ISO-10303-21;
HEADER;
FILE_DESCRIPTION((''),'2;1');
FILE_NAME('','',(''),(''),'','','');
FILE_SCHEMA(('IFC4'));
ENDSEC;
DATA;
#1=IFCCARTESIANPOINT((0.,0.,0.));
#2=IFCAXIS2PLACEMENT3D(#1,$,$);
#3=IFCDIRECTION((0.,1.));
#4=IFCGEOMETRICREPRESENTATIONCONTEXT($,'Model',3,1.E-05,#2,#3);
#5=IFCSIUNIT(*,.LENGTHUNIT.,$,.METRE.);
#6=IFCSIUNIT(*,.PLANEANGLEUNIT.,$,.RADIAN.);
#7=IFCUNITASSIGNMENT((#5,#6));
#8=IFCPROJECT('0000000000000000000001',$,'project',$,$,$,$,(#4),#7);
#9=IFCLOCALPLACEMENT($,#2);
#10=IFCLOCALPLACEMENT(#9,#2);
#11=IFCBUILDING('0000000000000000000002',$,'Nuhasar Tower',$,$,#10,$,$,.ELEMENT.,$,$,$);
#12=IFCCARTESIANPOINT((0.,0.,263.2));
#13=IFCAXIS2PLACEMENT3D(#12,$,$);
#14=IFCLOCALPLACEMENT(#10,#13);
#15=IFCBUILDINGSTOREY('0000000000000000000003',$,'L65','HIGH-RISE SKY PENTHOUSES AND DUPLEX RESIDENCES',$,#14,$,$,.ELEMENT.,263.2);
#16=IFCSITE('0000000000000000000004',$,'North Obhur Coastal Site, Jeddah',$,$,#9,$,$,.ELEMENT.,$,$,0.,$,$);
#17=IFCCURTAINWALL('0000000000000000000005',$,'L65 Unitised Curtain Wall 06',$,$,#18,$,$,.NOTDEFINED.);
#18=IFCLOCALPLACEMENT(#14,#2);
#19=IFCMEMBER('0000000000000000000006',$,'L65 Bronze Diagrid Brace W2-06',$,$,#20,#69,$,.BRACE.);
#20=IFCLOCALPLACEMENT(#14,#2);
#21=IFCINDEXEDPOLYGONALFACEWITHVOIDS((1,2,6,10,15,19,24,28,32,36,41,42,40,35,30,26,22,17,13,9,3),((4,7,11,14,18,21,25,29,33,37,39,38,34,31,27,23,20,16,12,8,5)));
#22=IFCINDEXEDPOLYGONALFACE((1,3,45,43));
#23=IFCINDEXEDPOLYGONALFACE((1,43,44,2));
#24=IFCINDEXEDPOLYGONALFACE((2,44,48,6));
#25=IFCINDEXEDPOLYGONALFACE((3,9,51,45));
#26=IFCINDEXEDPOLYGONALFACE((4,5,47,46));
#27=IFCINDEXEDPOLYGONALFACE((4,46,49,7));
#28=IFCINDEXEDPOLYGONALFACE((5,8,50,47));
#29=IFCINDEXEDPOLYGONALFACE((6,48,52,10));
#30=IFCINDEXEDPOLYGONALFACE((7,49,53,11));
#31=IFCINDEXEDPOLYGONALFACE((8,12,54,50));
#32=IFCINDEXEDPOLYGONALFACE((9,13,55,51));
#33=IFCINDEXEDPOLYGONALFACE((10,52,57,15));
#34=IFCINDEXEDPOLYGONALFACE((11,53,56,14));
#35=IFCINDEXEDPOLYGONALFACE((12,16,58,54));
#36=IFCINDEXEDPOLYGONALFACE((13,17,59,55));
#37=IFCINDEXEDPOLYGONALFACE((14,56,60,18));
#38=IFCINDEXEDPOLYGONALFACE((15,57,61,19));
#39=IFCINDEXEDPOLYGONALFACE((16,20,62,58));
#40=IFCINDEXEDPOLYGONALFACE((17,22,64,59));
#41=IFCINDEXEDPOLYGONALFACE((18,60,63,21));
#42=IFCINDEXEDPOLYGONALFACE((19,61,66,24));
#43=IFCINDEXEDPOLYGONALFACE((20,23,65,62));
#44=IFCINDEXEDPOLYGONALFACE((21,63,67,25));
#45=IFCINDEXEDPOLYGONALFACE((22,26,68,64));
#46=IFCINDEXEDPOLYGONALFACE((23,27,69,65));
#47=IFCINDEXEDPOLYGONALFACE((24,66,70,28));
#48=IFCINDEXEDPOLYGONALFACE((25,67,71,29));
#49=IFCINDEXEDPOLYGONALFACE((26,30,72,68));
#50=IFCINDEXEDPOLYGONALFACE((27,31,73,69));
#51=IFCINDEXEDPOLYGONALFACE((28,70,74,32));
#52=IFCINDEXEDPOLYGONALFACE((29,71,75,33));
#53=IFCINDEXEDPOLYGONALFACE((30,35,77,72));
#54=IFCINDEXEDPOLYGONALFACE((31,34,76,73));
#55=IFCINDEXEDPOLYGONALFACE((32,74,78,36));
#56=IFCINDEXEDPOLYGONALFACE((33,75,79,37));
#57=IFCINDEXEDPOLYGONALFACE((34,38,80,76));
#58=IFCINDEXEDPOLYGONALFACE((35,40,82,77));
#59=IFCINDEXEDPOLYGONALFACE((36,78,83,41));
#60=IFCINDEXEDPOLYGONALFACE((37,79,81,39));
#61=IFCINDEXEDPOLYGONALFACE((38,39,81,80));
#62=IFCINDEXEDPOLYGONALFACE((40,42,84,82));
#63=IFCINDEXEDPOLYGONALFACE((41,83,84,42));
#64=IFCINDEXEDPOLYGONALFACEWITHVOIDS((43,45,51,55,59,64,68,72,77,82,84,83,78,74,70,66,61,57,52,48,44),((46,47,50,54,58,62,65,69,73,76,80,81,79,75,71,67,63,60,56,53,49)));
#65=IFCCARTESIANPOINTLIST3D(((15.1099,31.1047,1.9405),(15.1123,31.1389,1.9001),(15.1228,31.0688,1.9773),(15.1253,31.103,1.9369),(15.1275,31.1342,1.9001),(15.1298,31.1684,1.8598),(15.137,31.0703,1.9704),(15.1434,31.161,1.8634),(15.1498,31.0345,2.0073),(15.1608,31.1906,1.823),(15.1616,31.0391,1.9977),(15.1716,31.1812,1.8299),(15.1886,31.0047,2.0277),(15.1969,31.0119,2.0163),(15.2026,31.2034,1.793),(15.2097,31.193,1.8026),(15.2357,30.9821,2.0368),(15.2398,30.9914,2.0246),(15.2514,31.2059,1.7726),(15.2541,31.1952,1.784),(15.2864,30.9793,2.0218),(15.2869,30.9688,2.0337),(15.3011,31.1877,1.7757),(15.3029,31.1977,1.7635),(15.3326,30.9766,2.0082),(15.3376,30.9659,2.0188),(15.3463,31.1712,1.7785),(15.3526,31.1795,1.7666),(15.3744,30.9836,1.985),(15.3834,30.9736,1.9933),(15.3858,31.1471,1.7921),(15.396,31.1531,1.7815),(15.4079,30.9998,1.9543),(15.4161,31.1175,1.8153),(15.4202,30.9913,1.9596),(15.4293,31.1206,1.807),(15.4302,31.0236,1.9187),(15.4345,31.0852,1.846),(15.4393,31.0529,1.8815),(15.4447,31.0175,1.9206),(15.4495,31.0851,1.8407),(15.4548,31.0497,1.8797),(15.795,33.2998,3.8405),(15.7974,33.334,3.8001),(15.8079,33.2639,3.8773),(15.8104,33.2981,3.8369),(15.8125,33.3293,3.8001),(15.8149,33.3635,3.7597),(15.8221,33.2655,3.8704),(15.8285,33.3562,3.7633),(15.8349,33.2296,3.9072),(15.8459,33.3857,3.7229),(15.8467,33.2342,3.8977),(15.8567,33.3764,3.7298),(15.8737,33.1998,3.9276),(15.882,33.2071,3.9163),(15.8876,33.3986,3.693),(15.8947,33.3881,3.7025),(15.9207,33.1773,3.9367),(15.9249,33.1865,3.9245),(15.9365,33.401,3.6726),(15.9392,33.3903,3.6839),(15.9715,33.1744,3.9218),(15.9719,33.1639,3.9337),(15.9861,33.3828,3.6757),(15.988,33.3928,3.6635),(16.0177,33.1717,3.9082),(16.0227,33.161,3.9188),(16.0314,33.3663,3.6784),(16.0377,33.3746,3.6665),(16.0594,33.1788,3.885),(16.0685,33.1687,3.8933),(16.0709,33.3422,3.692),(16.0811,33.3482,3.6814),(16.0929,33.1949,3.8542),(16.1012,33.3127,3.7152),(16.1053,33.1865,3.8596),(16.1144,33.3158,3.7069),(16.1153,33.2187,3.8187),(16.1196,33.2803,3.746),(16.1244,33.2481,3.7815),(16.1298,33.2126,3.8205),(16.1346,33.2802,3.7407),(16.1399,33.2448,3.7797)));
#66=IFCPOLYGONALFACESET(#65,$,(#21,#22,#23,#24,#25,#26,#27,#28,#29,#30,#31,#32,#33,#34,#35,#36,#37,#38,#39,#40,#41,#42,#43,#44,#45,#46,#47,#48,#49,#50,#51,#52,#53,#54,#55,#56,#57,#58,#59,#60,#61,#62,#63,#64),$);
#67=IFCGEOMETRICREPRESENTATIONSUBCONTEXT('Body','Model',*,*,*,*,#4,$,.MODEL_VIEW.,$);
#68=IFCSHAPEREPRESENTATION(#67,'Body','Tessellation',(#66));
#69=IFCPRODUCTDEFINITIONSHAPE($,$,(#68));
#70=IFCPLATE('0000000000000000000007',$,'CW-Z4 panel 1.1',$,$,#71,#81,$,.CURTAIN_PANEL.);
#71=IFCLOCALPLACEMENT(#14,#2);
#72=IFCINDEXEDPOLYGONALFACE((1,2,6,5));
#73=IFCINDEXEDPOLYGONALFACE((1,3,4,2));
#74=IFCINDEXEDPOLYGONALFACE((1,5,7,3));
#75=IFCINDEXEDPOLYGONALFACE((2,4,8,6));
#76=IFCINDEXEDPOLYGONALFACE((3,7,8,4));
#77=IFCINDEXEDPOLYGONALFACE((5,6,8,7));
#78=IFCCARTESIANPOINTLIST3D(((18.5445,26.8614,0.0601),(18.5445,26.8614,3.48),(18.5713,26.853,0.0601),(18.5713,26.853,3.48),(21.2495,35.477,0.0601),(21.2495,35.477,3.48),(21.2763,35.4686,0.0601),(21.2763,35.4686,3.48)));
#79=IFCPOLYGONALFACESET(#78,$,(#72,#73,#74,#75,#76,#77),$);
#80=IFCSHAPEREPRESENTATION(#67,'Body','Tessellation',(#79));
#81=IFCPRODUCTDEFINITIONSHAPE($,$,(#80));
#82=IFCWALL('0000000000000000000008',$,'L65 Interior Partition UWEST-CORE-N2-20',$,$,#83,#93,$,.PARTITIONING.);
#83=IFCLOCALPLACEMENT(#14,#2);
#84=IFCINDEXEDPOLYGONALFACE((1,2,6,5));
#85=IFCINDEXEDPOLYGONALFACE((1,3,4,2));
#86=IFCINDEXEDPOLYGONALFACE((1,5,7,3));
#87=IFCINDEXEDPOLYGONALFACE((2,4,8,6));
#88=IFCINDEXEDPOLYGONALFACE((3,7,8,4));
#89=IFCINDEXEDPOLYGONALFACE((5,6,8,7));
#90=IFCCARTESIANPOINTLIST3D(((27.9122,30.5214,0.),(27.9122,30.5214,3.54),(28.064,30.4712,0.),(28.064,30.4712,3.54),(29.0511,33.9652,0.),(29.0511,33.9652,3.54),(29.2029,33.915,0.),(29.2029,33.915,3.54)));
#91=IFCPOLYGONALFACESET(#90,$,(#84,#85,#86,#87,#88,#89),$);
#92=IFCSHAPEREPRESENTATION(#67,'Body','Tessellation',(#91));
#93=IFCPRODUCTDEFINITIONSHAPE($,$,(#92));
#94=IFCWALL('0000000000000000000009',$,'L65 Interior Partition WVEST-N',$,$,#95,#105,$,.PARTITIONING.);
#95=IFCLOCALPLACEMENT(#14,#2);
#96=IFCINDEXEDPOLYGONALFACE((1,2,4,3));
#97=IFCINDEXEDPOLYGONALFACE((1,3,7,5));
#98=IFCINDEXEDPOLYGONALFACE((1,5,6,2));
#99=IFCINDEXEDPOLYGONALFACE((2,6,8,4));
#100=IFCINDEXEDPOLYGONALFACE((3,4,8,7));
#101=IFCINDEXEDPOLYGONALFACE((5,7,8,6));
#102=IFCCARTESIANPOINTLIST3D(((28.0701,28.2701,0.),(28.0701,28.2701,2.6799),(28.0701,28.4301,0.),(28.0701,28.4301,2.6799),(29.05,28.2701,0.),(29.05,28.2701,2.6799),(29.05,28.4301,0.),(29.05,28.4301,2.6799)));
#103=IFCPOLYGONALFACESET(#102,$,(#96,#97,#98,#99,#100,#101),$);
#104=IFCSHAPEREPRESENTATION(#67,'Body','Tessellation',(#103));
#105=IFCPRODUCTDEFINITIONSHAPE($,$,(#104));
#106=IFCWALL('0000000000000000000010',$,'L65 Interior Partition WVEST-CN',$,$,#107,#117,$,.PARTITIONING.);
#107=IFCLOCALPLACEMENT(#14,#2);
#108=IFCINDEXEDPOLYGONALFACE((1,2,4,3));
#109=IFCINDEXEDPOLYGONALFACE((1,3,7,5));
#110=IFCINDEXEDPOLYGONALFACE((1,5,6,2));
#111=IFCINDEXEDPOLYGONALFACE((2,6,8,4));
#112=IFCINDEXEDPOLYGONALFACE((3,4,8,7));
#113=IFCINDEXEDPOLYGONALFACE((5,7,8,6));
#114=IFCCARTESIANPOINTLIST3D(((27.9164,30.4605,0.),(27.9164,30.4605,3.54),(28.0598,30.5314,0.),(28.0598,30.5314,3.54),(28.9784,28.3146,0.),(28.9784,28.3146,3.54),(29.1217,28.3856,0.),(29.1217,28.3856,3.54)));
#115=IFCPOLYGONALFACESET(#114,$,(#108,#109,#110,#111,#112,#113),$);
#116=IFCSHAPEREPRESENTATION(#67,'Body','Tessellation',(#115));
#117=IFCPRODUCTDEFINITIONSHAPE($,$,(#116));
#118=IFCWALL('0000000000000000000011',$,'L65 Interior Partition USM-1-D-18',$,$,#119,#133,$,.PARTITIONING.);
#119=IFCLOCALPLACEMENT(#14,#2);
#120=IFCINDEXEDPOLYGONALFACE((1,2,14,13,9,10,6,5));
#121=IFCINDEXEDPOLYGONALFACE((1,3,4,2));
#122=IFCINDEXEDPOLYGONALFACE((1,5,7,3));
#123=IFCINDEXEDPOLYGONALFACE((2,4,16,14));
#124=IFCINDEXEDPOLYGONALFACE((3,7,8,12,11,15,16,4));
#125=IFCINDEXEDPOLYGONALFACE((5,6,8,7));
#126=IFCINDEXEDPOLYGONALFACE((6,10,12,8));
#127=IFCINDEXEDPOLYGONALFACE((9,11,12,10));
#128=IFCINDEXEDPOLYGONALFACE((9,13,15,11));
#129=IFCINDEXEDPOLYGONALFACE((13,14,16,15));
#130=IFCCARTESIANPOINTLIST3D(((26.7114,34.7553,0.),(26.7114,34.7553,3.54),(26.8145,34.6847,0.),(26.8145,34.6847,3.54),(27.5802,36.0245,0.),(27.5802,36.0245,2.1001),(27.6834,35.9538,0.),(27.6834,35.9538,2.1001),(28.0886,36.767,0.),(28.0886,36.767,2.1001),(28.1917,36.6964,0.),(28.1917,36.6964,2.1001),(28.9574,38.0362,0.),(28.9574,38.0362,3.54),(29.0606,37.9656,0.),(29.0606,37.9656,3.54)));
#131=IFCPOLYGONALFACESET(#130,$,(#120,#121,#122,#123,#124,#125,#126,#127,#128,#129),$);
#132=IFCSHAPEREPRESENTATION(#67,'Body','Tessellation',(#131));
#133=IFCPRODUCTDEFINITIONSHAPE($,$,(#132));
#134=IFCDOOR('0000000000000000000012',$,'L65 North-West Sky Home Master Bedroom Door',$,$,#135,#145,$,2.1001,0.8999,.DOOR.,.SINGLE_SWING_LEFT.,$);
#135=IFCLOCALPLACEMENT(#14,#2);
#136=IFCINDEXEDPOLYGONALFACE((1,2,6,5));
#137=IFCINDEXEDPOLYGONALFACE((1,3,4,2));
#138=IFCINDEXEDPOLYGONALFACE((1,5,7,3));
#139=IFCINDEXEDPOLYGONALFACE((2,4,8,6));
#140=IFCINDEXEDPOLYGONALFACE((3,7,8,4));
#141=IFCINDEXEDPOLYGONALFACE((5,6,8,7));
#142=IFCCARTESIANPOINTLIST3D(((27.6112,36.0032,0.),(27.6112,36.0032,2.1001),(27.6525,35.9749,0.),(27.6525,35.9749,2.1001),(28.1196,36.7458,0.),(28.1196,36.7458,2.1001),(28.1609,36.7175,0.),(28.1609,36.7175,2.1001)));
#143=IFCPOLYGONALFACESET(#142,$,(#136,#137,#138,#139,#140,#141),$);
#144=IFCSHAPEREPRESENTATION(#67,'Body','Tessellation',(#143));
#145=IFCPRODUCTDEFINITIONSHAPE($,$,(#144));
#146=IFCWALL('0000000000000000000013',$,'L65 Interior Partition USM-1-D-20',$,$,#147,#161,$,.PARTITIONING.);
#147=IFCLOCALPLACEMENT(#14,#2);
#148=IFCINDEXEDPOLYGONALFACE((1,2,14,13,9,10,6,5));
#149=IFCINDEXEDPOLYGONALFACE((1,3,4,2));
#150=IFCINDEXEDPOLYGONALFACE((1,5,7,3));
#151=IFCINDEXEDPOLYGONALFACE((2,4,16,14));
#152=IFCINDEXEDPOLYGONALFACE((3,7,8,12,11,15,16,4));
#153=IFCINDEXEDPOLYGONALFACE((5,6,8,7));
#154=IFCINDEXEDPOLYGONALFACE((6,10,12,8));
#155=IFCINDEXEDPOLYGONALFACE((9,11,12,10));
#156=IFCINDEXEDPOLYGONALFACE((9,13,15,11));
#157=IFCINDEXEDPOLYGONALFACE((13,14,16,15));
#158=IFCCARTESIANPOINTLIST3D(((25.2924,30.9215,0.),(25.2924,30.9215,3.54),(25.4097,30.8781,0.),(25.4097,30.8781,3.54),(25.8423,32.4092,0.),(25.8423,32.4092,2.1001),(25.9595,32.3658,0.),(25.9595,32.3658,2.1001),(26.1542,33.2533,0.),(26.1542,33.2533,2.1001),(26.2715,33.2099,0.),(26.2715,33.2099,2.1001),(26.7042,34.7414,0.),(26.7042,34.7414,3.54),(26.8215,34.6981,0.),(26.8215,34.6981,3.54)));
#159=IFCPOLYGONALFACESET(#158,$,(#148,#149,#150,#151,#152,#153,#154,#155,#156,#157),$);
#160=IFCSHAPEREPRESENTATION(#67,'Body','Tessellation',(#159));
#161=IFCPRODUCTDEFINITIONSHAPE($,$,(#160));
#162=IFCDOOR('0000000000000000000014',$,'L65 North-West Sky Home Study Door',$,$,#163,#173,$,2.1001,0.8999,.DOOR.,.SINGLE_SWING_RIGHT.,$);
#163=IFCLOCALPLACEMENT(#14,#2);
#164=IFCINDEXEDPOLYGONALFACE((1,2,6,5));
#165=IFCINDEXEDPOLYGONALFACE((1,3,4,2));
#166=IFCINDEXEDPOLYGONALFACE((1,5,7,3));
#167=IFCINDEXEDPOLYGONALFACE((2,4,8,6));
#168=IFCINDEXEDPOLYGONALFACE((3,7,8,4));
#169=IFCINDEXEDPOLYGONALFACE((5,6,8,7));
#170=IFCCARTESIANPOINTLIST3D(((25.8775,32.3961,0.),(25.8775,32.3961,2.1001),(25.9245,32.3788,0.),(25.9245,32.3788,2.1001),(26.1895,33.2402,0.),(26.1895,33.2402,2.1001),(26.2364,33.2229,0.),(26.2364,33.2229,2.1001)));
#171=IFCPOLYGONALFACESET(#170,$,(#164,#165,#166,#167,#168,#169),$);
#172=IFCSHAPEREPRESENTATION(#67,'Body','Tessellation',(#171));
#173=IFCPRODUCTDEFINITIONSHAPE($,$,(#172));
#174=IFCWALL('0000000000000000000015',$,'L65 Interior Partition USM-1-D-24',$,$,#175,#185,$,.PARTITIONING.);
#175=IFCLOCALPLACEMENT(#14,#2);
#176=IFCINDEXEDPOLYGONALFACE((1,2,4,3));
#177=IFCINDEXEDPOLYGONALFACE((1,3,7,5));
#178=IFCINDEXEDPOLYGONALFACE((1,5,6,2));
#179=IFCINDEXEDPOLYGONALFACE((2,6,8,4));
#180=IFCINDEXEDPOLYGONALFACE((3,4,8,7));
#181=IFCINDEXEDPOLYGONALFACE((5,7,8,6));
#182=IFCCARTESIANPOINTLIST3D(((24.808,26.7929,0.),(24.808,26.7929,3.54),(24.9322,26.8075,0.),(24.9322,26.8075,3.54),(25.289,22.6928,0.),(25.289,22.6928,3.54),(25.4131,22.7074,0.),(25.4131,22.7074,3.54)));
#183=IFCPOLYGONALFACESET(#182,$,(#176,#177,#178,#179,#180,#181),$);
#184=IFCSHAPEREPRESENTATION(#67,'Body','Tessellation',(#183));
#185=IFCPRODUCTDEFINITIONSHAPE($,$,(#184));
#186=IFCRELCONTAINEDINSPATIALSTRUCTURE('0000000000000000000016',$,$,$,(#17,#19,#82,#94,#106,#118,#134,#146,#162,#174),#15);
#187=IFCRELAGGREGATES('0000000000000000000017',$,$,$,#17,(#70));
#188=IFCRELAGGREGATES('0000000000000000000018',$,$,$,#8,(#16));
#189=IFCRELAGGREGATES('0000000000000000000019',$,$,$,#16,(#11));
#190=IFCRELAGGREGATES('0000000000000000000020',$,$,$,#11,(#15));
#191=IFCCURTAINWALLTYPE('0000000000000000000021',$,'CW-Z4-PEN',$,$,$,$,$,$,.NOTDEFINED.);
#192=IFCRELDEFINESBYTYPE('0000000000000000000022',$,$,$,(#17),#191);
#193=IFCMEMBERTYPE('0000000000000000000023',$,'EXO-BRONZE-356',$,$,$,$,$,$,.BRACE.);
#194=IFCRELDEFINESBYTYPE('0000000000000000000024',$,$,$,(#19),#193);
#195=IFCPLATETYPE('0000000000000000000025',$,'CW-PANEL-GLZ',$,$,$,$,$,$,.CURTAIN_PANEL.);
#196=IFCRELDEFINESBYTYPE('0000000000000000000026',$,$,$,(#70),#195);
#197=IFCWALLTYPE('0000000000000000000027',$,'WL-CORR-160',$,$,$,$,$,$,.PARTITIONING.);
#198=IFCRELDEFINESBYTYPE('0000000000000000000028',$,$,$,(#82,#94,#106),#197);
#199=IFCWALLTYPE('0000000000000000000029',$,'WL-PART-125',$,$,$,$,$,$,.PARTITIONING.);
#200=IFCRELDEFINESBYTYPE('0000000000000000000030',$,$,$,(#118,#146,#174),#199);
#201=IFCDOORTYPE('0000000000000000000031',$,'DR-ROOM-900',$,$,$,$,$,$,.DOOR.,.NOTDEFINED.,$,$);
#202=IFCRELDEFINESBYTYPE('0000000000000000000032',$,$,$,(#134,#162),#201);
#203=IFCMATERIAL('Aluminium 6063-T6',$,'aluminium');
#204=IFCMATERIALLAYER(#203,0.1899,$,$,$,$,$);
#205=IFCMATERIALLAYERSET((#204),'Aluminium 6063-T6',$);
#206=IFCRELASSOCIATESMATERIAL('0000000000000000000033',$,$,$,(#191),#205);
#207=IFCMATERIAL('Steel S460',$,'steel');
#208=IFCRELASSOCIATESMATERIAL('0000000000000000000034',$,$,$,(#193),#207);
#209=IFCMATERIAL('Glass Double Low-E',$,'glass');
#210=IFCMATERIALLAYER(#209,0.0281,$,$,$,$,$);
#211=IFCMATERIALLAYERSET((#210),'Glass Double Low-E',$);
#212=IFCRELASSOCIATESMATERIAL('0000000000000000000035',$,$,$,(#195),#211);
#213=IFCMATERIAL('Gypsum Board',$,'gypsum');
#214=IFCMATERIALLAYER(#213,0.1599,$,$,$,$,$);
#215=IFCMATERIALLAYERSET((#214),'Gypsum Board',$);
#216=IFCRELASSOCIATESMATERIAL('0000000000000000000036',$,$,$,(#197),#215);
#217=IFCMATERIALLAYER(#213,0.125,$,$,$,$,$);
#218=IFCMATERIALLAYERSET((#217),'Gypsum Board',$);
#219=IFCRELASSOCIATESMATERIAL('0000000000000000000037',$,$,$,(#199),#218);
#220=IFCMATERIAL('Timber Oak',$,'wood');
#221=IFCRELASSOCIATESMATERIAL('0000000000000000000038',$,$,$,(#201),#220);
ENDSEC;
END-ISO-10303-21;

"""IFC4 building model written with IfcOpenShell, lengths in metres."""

from ifc_helpers import new_model, si_unit, direction, frame, frame_2d, origin, origin_2d, place, context, subcontext, project, spatial, rectangle, hollow_circle, extrude, material, layer, layer_set, material_profile, profile_set, type_object, element, fill, aggregate, save


model = new_model("IFC4")

# Units and contexts
model_context = context("Model", 3, precision=1e-05, world=origin(), true_north=direction((0.0, 1.0)))
body_context = subcontext(model_context, "Body", "Model", "MODEL_VIEW")
ifc_project = project(units=[si_unit("LENGTHUNIT", "METRE"), si_unit("PLANEANGLEUNIT", "RADIAN")], contexts=[model_context])

# Site, building, storey
site_placement = place(None, origin())
site = spatial("IfcSite", under=ifc_project, at=site_placement, Name="North Obhur Coastal Site, Jeddah", CompositionType="ELEMENT", RefElevation=0.0)
building_placement = place(site_placement, origin())
building = spatial("IfcBuilding", under=site, at=building_placement, Name="Nuhasar Tower", CompositionType="ELEMENT")
storey_placement = place(building_placement, frame((0.0, 0.0, 263.2)))
storey = spatial("IfcBuildingStorey", under=building, at=storey_placement, Name="L65", Description="HIGH-RISE SKY PENTHOUSES AND DUPLEX RESIDENCES", CompositionType="ELEMENT", Elevation=263.2)

# Curtain wall
ifc_material_1 = material(Name="Aluminium 6063-T6", Category="aluminium")
ifc_layer_1 = layer(ifc_material_1, 0.1899)
ifc_layer_set_1 = layer_set([ifc_layer_1], Name="Aluminium 6063-T6")
curtain_wall_type = type_object("IfcCurtainWallType", Name="CW-Z4-PEN", PredefinedType="NOTDEFINED", material=ifc_layer_set_1)
curtain_wall_placement = place(storey_placement, origin())
curtain_wall = element("IfcCurtainWall", 1, at=curtain_wall_placement, inside=storey, type_object=curtain_wall_type, Name="L65 Unitised Curtain Wall 06", PredefinedType="NOTDEFINED")

# Member
ifc_material_2 = material(Name="Steel S460", Category="steel")
ifc_material_profile_1 = material_profile(ifc_material_2, hollow_circle(Radius=0.1777, WallThickness=0.0159, at=origin_2d()), Name="HSS355.6X15.9")
ifc_profile_set_1 = profile_set([ifc_material_profile_1], Name="Steel S460")
member_type_1 = type_object("IfcMemberType", Name="EXO-BRONZE-356", PredefinedType="BRACE", material=ifc_profile_set_1)
for number, where, z_axis, x_axis, name in (
    (2, (15.282, 31.0859, 1.9001), (0.229668, 0.735902, 0.636947), (-0.954591, 0.297918, 0.0), "L65 Bronze Diagrid Brace W2-06"),
):
    element("IfcMember", number, at=place(storey_placement, frame(where, z_axis=z_axis, x_axis=x_axis)), inside=storey, type_object=member_type_1, Name=name, PredefinedType="BRACE", context=body_context, shape_type="SweptSolid", body=[
        extrude(hollow_circle(Radius=0.1777, WallThickness=0.0159, at=origin_2d()), origin(), (0.0, 0.0, 1.0), 2.9829),
    ])

# Plate
ifc_material_3 = material(Name="Glass Double Low-E", Category="glass")
ifc_layer_2 = layer(ifc_material_3, 0.0281)
ifc_layer_set_2 = layer_set([ifc_layer_2], Name="Glass Double Low-E")
plate_type = type_object("IfcPlateType", Name="CW-PANEL-GLZ", PredefinedType="CURTAIN_PANEL", material=ifc_layer_set_2)
plate_placement = place(storey_placement, frame((19.9104, 31.165, 0.0601), z_axis=(0.0, 0.0, 1.0), x_axis=(-0.299557, -0.954079, 0.0)))
plate = element("IfcPlate", 3, at=plate_placement, type_object=plate_type, Name="CW-Z4 panel 1.1", PredefinedType="CURTAIN_PANEL", context=body_context, shape_type="SweptSolid", body=[
    extrude(rectangle(XDim=9.0303, YDim=0.0281, at=origin_2d()), origin(), (0.0, 0.0, 1.0), 3.4199),
])
aggregate(curtain_wall, [plate])

# Wall
ifc_material_4 = material(Name="Gypsum Board", Category="gypsum")
ifc_layer_3 = layer(ifc_material_4, 0.1599)
ifc_layer_set_3 = layer_set([ifc_layer_3], Name="Gypsum Board")
wall_type_1 = type_object("IfcWallType", Name="WL-CORR-160", PredefinedType="PARTITIONING", material=ifc_layer_set_3)
wall_1_placement = place(storey_placement, frame((29.127, 33.9399, 0.0), z_axis=(0.0, 0.0, 1.0), x_axis=(-0.313986, -0.949428, 0.0)))
element("IfcWall", 4, at=wall_1_placement, inside=storey, type_object=wall_type_1, Name="L65 Interior Partition UWEST-CORE-N2-20", PredefinedType="PARTITIONING", context=body_context, shape_type="SweptSolid", body=[
    extrude(rectangle(XDim=3.6272, YDim=0.1599, at=frame_2d((1.8135, 0.0))), origin(), (0.0, 0.0, 1.0), 3.54),
])

# Shared definitions
ifc_material_5 = material(Name="Timber Oak", Category="wood")

# Walls
wall_2_placement = place(storey_placement, frame((28.0701, 28.3501, 0.0), z_axis=(0.0, 0.0, 1.0), x_axis=(1.0, 0.0, 0.0)))
element("IfcWall", 5, at=wall_2_placement, inside=storey, type_object=wall_type_1, Name="L65 Interior Partition WVEST-N", PredefinedType="PARTITIONING", context=body_context, shape_type="SweptSolid", body=[
    extrude(rectangle(XDim=0.98, YDim=0.1599, at=frame_2d((0.49, 0.0))), origin(), (0.0, 0.0, 1.0), 2.6799),
])
wall_3_placement = place(storey_placement, frame((27.988, 30.4961, 0.0), z_axis=(0.0, 0.0, 1.0), x_axis=(0.443539, -0.896255, 0.0)))
element("IfcWall", 6, at=wall_3_placement, inside=storey, type_object=wall_type_1, Name="L65 Interior Partition WVEST-CN", PredefinedType="PARTITIONING", context=body_context, shape_type="SweptSolid", body=[
    extrude(rectangle(XDim=2.3943, YDim=0.1599, at=frame_2d((1.1973, 0.0))), origin(), (0.0, 0.0, 1.0), 3.54),
])

# Walls, openings, doors
ifc_layer_4 = layer(ifc_material_4, 0.125)
ifc_layer_set_4 = layer_set([ifc_layer_4], Name="Gypsum Board")
wall_type_2 = type_object("IfcWallType", Name="WL-PART-125", PredefinedType="PARTITIONING", material=ifc_layer_set_4)
wall_4_placement = place(storey_placement, frame((26.7629, 34.72, 0.0), z_axis=(0.0, 0.0, 1.0), x_axis=(0.564889, 0.825167, 0.0)))
wall_4 = element("IfcWall", 7, at=wall_4_placement, inside=storey, type_object=wall_type_2, Name="L65 Interior Partition USM-1-D-18", PredefinedType="PARTITIONING", context=body_context, shape_type="SweptSolid", body=[
    extrude(rectangle(XDim=3.9761, YDim=0.125, at=frame_2d((1.988, 0.0))), origin(), (0.0, 0.0, 1.0), 3.54),
])
opening_1_placement = place(wall_4_placement, frame((1.5381, 0.0, 0.0)))
opening_1 = element("IfcOpeningElement", 8, at=opening_1_placement, cuts=wall_4, PredefinedType="OPENING", context=body_context, shape_type="SweptSolid", body=[
    extrude(rectangle(XDim=0.8999, YDim=2.1001, at=frame_2d((0.45, 1.05))), frame((0.0, 0.0725, 0.0), z_axis=(0.0, -1.0, 0.0), x_axis=(1.0, 0.0, 0.0)), (0.0, 0.0, 1.0), 0.145),
])
door_type_1 = type_object("IfcDoorType", Name="DR-ROOM-900", OperationType="NOTDEFINED", PredefinedType="DOOR", material=ifc_material_5)
door_1_placement = place(opening_1_placement, origin())
door_1 = element("IfcDoor", 9, at=door_1_placement, inside=storey, type_object=door_type_1, Name="L65 North-West Sky Home Master Bedroom Door", OperationType="SINGLE_SWING_LEFT", OverallHeight=2.1001, OverallWidth=0.8999, PredefinedType="DOOR", context=body_context, shape_type="SweptSolid", body=[
    extrude(rectangle(XDim=0.8999, YDim=2.1001, at=frame_2d((0.45, 1.05))), frame((0.0, 0.0249, 0.0), z_axis=(0.0, -1.0, 0.0), x_axis=(1.0, 0.0, 0.0)), (0.0, 0.0, 1.0), 0.05),
])
fill(opening_1, door_1)
wall_5_placement = place(storey_placement, frame((25.3511, 30.8999, 0.0), z_axis=(0.0, 0.0, 1.0), x_axis=(0.346672, 0.937986, 0.0)))
wall_5 = element("IfcWall", 10, at=wall_5_placement, inside=storey, type_object=wall_type_2, Name="L65 Interior Partition USM-1-D-20", PredefinedType="PARTITIONING", context=body_context, shape_type="SweptSolid", body=[
    extrude(rectangle(XDim=4.0725, YDim=0.125, at=frame_2d((2.0361, 0.0))), origin(), (0.0, 0.0, 1.0), 3.54),
])
opening_2_placement = place(wall_5_placement, frame((1.5859, 0.0, 0.0)))
opening_2 = element("IfcOpeningElement", 11, at=opening_2_placement, cuts=wall_5, PredefinedType="OPENING", context=body_context, shape_type="SweptSolid", body=[
    extrude(rectangle(XDim=0.8999, YDim=2.1001, at=frame_2d((0.45, 1.05))), frame((0.0, 0.0725, 0.0), z_axis=(0.0, -1.0, 0.0), x_axis=(1.0, 0.0, 0.0)), (0.0, 0.0, 1.0), 0.145),
])
door_2_placement = place(opening_2_placement, origin())
door_2 = element("IfcDoor", 12, at=door_2_placement, inside=storey, type_object=door_type_1, Name="L65 North-West Sky Home Study Door", OperationType="SINGLE_SWING_RIGHT", OverallHeight=2.1001, OverallWidth=0.8999, PredefinedType="DOOR", context=body_context, shape_type="SweptSolid", body=[
    extrude(rectangle(XDim=0.8999, YDim=2.1001, at=frame_2d((0.45, 1.05))), frame((0.0, 0.0249, 0.0), z_axis=(0.0, -1.0, 0.0), x_axis=(1.0, 0.0, 0.0)), (0.0, 0.0, 1.0), 0.05),
])
fill(opening_2, door_2)

# Wall
wall_6_placement = place(storey_placement, frame((24.8701, 26.8, 0.0), z_axis=(0.0, 0.0, 1.0), x_axis=(0.116505, -0.99319, 0.0)))
element("IfcWall", 13, at=wall_6_placement, inside=storey, type_object=wall_type_2, Name="L65 Interior Partition USM-1-D-24", PredefinedType="PARTITIONING", context=body_context, shape_type="SweptSolid", body=[
    extrude(rectangle(XDim=4.1282, YDim=0.125, at=frame_2d((2.064, 0.0))), origin(), (0.0, 0.0, 1.0), 3.54),
])

save(model, "model.ifc")
